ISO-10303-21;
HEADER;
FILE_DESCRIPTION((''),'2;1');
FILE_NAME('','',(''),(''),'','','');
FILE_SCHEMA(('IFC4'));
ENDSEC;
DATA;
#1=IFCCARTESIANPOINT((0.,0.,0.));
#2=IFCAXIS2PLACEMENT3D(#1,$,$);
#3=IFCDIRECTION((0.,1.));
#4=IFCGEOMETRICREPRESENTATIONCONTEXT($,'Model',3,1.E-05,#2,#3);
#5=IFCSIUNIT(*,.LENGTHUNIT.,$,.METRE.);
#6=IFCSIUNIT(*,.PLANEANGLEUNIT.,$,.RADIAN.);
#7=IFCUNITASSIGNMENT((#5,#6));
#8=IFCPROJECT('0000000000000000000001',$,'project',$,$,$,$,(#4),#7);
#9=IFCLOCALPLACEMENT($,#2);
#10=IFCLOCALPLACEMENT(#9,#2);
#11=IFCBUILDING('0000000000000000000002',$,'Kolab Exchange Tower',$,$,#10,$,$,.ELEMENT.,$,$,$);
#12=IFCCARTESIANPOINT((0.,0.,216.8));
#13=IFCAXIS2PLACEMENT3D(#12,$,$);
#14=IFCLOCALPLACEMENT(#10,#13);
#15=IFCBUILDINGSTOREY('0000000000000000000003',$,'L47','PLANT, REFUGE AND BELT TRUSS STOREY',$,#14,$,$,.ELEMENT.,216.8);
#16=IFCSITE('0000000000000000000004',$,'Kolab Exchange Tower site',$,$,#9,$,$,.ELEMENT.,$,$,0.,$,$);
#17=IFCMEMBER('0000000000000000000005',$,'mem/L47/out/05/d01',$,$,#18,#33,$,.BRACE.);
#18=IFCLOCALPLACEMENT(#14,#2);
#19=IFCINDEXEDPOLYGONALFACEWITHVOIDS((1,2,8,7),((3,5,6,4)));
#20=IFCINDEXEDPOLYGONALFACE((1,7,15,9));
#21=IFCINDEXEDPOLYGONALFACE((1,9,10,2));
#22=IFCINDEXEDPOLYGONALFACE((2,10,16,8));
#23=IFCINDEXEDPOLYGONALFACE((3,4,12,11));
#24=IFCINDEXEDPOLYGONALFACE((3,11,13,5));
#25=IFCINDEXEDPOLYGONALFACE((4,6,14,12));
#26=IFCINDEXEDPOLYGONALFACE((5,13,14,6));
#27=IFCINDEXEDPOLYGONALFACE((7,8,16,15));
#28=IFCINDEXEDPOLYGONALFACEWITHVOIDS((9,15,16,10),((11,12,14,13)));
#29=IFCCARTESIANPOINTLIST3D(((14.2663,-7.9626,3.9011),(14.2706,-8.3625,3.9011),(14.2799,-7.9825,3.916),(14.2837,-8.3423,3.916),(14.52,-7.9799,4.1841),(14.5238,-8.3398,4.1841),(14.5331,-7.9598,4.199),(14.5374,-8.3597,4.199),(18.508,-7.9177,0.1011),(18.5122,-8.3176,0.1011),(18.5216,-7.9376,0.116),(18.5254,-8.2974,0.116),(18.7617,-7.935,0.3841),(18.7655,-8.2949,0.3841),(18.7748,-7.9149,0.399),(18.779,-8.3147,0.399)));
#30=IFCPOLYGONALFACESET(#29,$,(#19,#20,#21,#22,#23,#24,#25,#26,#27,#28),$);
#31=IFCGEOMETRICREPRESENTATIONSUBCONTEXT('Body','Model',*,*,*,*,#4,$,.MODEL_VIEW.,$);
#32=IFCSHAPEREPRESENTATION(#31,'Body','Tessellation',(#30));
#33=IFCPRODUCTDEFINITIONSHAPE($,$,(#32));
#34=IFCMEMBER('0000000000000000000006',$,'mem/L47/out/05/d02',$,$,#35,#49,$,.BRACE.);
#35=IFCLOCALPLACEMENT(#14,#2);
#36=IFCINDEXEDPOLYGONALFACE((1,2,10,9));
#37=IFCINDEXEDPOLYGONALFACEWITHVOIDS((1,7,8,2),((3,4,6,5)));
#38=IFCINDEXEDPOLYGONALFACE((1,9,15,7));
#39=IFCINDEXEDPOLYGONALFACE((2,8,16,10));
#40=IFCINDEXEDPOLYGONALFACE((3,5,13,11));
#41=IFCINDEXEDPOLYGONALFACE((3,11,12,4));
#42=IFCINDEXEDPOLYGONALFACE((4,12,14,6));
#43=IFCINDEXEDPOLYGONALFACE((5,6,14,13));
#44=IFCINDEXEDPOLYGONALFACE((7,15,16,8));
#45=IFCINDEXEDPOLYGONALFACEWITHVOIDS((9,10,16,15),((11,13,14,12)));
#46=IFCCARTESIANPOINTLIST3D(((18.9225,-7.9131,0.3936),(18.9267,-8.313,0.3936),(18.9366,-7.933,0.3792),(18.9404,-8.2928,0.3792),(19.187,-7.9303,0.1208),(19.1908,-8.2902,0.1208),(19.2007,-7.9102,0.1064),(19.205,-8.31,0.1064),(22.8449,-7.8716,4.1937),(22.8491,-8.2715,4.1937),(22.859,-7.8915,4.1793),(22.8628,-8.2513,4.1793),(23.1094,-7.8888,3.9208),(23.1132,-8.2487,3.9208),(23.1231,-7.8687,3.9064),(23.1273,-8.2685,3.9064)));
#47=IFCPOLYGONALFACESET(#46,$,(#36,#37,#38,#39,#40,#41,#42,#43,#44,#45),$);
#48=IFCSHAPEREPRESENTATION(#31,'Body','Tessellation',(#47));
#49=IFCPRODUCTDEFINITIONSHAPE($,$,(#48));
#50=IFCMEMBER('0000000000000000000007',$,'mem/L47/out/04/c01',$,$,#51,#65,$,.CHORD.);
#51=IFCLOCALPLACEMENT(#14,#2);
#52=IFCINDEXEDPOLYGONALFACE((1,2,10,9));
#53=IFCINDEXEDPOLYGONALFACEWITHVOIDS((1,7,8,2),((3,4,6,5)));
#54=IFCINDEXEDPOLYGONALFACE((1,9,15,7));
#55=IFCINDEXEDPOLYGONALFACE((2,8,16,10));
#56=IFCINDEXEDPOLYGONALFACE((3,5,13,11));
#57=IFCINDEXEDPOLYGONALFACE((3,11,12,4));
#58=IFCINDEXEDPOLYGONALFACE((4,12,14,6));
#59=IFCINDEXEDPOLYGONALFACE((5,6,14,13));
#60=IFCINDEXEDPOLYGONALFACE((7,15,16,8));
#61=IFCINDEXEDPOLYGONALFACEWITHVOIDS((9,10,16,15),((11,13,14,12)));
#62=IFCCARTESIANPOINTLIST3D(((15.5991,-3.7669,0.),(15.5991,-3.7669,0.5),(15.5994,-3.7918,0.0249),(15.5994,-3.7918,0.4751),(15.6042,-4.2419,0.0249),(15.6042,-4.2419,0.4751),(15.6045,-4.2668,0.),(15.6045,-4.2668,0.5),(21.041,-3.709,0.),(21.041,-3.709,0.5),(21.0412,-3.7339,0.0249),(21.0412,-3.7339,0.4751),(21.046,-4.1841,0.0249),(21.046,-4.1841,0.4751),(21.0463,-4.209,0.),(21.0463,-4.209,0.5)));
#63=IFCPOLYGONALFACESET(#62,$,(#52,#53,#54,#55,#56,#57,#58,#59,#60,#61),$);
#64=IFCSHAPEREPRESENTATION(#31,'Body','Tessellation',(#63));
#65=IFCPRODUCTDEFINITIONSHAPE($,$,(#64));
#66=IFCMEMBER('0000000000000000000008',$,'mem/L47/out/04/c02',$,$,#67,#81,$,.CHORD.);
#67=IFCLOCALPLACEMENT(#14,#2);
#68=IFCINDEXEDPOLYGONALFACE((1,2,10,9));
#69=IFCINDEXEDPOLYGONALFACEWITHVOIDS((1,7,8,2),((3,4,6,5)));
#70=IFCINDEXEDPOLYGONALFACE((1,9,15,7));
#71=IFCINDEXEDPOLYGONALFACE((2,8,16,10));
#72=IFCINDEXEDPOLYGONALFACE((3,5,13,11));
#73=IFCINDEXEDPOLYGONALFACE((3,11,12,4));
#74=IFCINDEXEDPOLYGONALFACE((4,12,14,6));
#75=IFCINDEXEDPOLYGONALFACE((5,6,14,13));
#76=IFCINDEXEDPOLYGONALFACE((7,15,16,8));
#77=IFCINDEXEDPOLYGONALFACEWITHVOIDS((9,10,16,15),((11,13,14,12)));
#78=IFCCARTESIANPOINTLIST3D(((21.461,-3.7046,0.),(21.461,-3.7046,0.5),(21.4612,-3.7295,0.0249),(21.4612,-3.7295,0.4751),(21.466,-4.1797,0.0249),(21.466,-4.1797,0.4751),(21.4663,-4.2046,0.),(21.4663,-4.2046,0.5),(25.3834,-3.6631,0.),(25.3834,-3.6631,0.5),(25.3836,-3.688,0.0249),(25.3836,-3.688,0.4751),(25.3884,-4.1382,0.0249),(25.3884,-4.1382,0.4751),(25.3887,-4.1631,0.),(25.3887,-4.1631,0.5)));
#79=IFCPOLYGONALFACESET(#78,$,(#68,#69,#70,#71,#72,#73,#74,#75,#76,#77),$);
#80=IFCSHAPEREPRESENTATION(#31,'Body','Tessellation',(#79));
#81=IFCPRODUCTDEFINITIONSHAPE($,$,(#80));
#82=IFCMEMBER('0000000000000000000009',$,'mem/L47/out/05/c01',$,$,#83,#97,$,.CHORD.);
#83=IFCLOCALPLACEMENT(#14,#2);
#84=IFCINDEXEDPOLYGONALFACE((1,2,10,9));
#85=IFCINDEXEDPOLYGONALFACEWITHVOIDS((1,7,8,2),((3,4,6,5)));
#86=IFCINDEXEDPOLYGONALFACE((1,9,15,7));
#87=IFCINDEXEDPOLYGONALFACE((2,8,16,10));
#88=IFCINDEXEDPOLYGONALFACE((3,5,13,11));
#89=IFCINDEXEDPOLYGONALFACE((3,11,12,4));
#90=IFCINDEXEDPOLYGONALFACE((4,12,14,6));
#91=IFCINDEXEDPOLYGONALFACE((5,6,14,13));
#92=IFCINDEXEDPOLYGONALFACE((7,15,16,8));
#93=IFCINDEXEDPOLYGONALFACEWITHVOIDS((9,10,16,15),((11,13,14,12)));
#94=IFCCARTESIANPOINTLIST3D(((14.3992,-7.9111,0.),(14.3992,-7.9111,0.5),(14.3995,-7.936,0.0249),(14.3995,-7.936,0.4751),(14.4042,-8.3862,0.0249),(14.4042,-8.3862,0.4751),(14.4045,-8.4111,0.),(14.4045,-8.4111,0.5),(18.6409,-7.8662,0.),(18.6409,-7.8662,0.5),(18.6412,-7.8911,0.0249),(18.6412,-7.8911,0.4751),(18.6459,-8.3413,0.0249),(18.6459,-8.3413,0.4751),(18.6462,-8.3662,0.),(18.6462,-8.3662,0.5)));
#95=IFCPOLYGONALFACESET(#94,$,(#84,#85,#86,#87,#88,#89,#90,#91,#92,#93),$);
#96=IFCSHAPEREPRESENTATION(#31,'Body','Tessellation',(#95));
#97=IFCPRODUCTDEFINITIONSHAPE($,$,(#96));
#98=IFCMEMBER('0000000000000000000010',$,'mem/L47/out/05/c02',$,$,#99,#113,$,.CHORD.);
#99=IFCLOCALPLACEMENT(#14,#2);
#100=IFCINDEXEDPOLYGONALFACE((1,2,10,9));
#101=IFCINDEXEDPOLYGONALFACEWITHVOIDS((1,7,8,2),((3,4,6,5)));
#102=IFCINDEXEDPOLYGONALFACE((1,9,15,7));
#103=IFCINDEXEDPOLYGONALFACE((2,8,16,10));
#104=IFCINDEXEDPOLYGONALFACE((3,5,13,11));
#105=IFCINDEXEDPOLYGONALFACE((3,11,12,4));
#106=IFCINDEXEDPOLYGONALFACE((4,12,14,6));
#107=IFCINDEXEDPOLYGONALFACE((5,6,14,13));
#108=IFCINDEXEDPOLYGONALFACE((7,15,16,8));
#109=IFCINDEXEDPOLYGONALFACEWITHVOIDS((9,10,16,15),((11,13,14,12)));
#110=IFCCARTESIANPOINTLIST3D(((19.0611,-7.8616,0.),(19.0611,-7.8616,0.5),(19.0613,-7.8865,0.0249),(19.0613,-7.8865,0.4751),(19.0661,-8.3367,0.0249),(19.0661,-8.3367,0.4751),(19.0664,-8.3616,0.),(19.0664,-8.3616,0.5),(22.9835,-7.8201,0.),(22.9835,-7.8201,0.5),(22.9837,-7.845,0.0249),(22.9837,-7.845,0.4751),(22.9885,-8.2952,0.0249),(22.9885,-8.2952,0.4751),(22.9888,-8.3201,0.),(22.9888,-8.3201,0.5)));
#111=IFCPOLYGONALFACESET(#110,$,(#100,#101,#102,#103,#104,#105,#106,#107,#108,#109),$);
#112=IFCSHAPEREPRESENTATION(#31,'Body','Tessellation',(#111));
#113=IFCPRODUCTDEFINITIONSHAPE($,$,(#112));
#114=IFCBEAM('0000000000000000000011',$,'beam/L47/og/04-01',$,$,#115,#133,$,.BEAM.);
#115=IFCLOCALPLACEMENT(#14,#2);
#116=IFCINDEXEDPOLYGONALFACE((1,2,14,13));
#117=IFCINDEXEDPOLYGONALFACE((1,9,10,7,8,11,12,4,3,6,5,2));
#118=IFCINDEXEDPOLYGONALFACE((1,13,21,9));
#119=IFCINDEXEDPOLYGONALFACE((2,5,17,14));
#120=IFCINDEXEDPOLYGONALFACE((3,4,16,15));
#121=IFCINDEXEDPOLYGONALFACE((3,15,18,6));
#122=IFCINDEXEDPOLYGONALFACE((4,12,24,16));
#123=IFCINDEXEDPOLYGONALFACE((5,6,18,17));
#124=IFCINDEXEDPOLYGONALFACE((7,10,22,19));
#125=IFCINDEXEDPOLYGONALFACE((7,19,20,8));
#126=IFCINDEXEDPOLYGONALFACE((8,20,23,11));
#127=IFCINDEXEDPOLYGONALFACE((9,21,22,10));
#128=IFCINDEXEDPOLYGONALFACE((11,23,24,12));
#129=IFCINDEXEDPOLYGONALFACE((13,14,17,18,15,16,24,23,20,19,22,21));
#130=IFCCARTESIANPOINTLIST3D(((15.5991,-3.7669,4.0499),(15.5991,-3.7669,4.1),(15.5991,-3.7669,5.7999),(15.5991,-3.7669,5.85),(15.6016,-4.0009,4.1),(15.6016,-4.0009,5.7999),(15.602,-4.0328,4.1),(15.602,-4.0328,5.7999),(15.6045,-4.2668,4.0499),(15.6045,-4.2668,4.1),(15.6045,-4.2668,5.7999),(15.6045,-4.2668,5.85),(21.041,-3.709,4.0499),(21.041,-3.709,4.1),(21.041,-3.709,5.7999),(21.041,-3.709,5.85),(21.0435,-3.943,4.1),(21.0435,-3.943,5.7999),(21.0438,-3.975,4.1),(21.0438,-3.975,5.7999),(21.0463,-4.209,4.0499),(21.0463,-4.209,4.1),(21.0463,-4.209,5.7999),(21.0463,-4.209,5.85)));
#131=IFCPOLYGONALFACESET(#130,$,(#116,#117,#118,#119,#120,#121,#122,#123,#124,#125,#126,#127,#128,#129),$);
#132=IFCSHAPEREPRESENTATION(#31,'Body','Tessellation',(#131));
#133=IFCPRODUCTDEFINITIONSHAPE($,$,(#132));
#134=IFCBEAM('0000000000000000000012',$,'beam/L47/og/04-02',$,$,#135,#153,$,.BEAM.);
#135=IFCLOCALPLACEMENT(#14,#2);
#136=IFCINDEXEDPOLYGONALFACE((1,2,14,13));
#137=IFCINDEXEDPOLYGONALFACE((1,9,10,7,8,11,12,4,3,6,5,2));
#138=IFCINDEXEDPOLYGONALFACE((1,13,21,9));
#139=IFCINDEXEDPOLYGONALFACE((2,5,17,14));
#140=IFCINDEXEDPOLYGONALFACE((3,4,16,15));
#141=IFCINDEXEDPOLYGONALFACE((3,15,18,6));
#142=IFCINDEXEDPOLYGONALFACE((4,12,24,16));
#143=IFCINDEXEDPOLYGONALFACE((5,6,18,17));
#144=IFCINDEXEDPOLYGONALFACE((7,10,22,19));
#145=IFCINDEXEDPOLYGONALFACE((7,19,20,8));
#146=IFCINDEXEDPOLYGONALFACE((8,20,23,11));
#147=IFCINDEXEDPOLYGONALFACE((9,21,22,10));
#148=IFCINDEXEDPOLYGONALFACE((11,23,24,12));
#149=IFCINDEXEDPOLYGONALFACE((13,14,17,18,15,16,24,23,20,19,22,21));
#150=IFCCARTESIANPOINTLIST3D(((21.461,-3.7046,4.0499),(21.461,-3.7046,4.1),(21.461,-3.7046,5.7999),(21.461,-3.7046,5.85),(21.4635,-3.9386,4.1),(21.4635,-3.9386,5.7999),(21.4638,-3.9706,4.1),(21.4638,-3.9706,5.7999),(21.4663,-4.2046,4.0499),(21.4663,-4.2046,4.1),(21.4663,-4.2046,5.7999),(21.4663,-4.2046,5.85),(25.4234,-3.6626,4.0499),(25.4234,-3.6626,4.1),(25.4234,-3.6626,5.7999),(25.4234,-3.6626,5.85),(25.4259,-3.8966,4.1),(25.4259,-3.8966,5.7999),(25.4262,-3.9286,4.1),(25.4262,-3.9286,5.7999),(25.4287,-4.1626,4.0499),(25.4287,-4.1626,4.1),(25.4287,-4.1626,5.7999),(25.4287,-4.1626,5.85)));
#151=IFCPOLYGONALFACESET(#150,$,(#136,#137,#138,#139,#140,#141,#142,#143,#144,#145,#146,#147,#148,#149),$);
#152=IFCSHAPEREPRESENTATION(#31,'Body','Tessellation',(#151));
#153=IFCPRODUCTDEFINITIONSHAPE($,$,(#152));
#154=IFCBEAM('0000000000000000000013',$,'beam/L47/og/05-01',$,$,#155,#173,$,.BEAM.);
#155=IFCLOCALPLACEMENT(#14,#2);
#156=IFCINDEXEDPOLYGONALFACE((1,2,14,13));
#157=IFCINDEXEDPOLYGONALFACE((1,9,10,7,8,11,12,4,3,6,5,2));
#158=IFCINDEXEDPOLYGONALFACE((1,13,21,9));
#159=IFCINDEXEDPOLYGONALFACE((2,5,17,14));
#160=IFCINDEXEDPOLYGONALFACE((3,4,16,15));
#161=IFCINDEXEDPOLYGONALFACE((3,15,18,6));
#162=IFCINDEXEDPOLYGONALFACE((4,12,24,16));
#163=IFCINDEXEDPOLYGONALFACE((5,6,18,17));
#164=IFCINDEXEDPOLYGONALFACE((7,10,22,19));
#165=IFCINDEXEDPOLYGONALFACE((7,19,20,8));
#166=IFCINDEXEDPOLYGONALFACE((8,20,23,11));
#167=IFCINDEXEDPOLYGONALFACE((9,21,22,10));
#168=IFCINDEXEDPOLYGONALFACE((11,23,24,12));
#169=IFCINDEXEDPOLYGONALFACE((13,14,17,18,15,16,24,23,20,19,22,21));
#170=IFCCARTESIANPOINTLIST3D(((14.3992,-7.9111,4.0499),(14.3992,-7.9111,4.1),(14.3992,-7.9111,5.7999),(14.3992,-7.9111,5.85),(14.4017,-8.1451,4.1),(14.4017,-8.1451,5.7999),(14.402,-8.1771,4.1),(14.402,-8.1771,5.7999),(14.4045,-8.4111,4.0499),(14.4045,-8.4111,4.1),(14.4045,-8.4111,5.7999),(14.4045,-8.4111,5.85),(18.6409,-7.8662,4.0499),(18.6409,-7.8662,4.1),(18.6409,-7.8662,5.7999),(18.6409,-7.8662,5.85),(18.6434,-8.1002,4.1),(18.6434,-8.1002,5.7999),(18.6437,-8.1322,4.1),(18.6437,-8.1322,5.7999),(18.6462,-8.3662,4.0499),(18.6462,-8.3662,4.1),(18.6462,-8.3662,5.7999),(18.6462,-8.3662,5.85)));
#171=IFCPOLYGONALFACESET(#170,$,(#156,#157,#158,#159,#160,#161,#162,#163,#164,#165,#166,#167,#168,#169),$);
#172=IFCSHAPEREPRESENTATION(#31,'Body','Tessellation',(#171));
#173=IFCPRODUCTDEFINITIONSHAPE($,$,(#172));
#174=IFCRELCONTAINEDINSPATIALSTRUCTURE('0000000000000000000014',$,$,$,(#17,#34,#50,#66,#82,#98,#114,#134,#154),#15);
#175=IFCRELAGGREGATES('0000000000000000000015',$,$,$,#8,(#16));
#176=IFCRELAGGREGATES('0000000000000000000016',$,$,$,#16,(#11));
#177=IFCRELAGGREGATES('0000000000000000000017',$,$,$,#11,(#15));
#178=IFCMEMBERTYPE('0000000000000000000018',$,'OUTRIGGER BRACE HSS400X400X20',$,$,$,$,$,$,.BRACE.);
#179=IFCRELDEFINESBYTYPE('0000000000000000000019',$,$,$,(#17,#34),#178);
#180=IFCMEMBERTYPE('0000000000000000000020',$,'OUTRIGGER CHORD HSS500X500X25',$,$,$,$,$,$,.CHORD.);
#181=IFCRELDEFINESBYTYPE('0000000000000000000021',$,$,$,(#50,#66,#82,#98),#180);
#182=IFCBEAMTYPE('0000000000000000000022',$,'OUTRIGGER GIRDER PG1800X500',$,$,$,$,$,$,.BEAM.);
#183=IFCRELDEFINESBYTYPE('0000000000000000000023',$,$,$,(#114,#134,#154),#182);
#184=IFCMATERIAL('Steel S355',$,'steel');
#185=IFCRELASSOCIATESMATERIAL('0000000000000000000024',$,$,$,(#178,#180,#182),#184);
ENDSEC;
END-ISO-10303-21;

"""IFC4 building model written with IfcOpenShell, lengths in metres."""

from ifc_helpers import new_model, si_unit, direction, frame, origin, origin_2d, place, context, subcontext, project, spatial, hollow_rectangle, i_section, extrude, material, material_profile, profile_set, type_object, element, save


model = new_model("IFC4")

# Units and contexts
model_context = context("Model", 3, precision=1e-05, world=origin(), true_north=direction((0.0, 1.0)))
body_context = subcontext(model_context, "Body", "Model", "MODEL_VIEW")
ifc_project = project(units=[si_unit("LENGTHUNIT", "METRE"), si_unit("PLANEANGLEUNIT", "RADIAN")], contexts=[model_context])

# Site, building, storey
site_placement = place(None, origin())
site = spatial("IfcSite", under=ifc_project, at=site_placement, Name="Kolab Exchange Tower site", CompositionType="ELEMENT", RefElevation=0.0)
building_placement = place(site_placement, origin())
building = spatial("IfcBuilding", under=site, at=building_placement, Name="Kolab Exchange Tower", CompositionType="ELEMENT")
storey_placement = place(building_placement, frame((0.0, 0.0, 216.8)))
storey = spatial("IfcBuildingStorey", under=building, at=storey_placement, Name="L47", Description="PLANT, REFUGE AND BELT TRUSS STOREY", CompositionType="ELEMENT", Elevation=216.8)

# Shared definitions
ifc_material_1 = material(Name="Steel S355", Category="steel")

# Members
ifc_material_profile_1 = material_profile(ifc_material_1, hollow_rectangle(XDim=0.3999, YDim=0.3999, WallThickness=0.02, at=origin_2d()), Name="HSS400X400X20")
ifc_profile_set_1 = profile_set([ifc_material_profile_1], Name="Steel S355")
member_type_1 = type_object("IfcMemberType", Name="OUTRIGGER BRACE HSS400X400X20", PredefinedType="BRACE", material=ifc_profile_set_1)
member_1_placement = place(storey_placement, frame((14.4019, -8.1611, 4.05), z_axis=(0.744795, 0.007888, -0.667246), x_axis=(-0.01059, 0.999944, 0.0)))
element("IfcMember", 1, at=member_1_placement, inside=storey, type_object=member_type_1, Name="mem/L47/out/05/d01", PredefinedType="BRACE", context=body_context, shape_type="SweptSolid", body=[
    extrude(hollow_rectangle(XDim=0.3999, YDim=0.3999, WallThickness=0.02, at=origin_2d()), origin(), (0.0, 0.0, 1.0), 5.6951),
])
member_2_placement = place(storey_placement, frame((19.0637, -8.1116, 0.25), z_axis=(0.718196, 0.007599, 0.6958), x_axis=(-0.010581, 0.999944, 0.0)))
element("IfcMember", 2, at=member_2_placement, inside=storey, type_object=member_type_1, Name="mem/L47/out/05/d02", PredefinedType="BRACE", context=body_context, shape_type="SweptSolid", body=[
    extrude(hollow_rectangle(XDim=0.3999, YDim=0.3999, WallThickness=0.02, at=origin_2d()), origin(), (0.0, 0.0, 1.0), 5.4614),
])
ifc_material_profile_2 = material_profile(ifc_material_1, hollow_rectangle(XDim=0.5, YDim=0.5, WallThickness=0.0249, at=origin_2d()), Name="HSS500X500X25")
ifc_profile_set_2 = profile_set([ifc_material_profile_2], Name="Steel S355")
member_type_2 = type_object("IfcMemberType", Name="OUTRIGGER CHORD HSS500X500X25", PredefinedType="CHORD", material=ifc_profile_set_2)
member_3_placement = place(storey_placement, frame((15.6018, -4.0168, 0.25), z_axis=(0.999943, 0.010632, 0.0), x_axis=(-0.010632, 0.999943, 0.0)))
element("IfcMember", 3, at=member_3_placement, inside=storey, type_object=member_type_2, Name="mem/L47/out/04/c01", PredefinedType="CHORD", context=body_context, shape_type="SweptSolid", body=[
    extrude(hollow_rectangle(XDim=0.5, YDim=0.5, WallThickness=0.0249, at=origin_2d()), origin(), (0.0, 0.0, 1.0), 5.4421),
])
member_4_placement = place(storey_placement, frame((21.4636, -3.9546, 0.25), z_axis=(0.999944, 0.010581, 0.0), x_axis=(-0.010581, 0.999944, 0.0)))
element("IfcMember", 4, at=member_4_placement, inside=storey, type_object=member_type_2, Name="mem/L47/out/04/c02", PredefinedType="CHORD", context=body_context, shape_type="SweptSolid", body=[
    extrude(hollow_rectangle(XDim=0.5, YDim=0.5, WallThickness=0.0249, at=origin_2d()), origin(), (0.0, 0.0, 1.0), 3.9226),
])
member_5_placement = place(storey_placement, frame((14.4019, -8.1611, 0.25), z_axis=(0.999944, 0.01059, 0.0), x_axis=(-0.01059, 0.999944, 0.0)))
element("IfcMember", 5, at=member_5_placement, inside=storey, type_object=member_type_2, Name="mem/L47/out/05/c01", PredefinedType="CHORD", context=body_context, shape_type="SweptSolid", body=[
    extrude(hollow_rectangle(XDim=0.5, YDim=0.5, WallThickness=0.0249, at=origin_2d()), origin(), (0.0, 0.0, 1.0), 4.2419),
])
member_6_placement = place(storey_placement, frame((19.0637, -8.1116, 0.25), z_axis=(0.999944, 0.010581, 0.0), x_axis=(-0.010581, 0.999944, 0.0)))
element("IfcMember", 6, at=member_6_placement, inside=storey, type_object=member_type_2, Name="mem/L47/out/05/c02", PredefinedType="CHORD", context=body_context, shape_type="SweptSolid", body=[
    extrude(hollow_rectangle(XDim=0.5, YDim=0.5, WallThickness=0.0249, at=origin_2d()), origin(), (0.0, 0.0, 1.0), 3.9226),
])

# Beams
ifc_material_profile_3 = material_profile(ifc_material_1, i_section(OverallWidth=0.5, OverallDepth=1.8, WebThickness=0.032, FlangeThickness=0.05, at=origin_2d()), Name="PG1800X500")
ifc_profile_set_3 = profile_set([ifc_material_profile_3], Name="Steel S355")
beam_type_1 = type_object("IfcBeamType", Name="OUTRIGGER GIRDER PG1800X500", PredefinedType="BEAM", material=ifc_profile_set_3)
beam_1_placement = place(storey_placement, frame((15.6018, -4.0168, 4.95), z_axis=(0.999943, 0.010632, 0.0), x_axis=(-0.010632, 0.999943, 0.0)))
element("IfcBeam", 7, at=beam_1_placement, inside=storey, type_object=beam_type_1, Name="beam/L47/og/04-01", PredefinedType="BEAM", context=body_context, shape_type="SweptSolid", body=[
    extrude(i_section(OverallWidth=0.5, OverallDepth=1.8, WebThickness=0.032, FlangeThickness=0.05, at=origin_2d()), origin(), (0.0, 0.0, 1.0), 5.4421),
])
beam_2_placement = place(storey_placement, frame((21.4636, -3.9546, 4.95), z_axis=(0.999944, 0.010597, 0.0), x_axis=(-0.010597, 0.999944, 0.0)))
element("IfcBeam", 8, at=beam_2_placement, inside=storey, type_object=beam_type_1, Name="beam/L47/og/04-02", PredefinedType="BEAM", context=body_context, shape_type="SweptSolid", body=[
    extrude(i_section(OverallWidth=0.5, OverallDepth=1.8, WebThickness=0.032, FlangeThickness=0.05, at=origin_2d()), origin(), (0.0, 0.0, 1.0), 3.9626),
])
beam_3_placement = place(storey_placement, frame((14.4019, -8.1611, 4.95), z_axis=(0.999944, 0.01059, 0.0), x_axis=(-0.01059, 0.999944, 0.0)))
element("IfcBeam", 9, at=beam_3_placement, inside=storey, type_object=beam_type_1, Name="beam/L47/og/05-01", PredefinedType="BEAM", context=body_context, shape_type="SweptSolid", body=[
    extrude(i_section(OverallWidth=0.5, OverallDepth=1.8, WebThickness=0.032, FlangeThickness=0.05, at=origin_2d()), origin(), (0.0, 0.0, 1.0), 4.2419),
])

save(model, "model.ifc")
